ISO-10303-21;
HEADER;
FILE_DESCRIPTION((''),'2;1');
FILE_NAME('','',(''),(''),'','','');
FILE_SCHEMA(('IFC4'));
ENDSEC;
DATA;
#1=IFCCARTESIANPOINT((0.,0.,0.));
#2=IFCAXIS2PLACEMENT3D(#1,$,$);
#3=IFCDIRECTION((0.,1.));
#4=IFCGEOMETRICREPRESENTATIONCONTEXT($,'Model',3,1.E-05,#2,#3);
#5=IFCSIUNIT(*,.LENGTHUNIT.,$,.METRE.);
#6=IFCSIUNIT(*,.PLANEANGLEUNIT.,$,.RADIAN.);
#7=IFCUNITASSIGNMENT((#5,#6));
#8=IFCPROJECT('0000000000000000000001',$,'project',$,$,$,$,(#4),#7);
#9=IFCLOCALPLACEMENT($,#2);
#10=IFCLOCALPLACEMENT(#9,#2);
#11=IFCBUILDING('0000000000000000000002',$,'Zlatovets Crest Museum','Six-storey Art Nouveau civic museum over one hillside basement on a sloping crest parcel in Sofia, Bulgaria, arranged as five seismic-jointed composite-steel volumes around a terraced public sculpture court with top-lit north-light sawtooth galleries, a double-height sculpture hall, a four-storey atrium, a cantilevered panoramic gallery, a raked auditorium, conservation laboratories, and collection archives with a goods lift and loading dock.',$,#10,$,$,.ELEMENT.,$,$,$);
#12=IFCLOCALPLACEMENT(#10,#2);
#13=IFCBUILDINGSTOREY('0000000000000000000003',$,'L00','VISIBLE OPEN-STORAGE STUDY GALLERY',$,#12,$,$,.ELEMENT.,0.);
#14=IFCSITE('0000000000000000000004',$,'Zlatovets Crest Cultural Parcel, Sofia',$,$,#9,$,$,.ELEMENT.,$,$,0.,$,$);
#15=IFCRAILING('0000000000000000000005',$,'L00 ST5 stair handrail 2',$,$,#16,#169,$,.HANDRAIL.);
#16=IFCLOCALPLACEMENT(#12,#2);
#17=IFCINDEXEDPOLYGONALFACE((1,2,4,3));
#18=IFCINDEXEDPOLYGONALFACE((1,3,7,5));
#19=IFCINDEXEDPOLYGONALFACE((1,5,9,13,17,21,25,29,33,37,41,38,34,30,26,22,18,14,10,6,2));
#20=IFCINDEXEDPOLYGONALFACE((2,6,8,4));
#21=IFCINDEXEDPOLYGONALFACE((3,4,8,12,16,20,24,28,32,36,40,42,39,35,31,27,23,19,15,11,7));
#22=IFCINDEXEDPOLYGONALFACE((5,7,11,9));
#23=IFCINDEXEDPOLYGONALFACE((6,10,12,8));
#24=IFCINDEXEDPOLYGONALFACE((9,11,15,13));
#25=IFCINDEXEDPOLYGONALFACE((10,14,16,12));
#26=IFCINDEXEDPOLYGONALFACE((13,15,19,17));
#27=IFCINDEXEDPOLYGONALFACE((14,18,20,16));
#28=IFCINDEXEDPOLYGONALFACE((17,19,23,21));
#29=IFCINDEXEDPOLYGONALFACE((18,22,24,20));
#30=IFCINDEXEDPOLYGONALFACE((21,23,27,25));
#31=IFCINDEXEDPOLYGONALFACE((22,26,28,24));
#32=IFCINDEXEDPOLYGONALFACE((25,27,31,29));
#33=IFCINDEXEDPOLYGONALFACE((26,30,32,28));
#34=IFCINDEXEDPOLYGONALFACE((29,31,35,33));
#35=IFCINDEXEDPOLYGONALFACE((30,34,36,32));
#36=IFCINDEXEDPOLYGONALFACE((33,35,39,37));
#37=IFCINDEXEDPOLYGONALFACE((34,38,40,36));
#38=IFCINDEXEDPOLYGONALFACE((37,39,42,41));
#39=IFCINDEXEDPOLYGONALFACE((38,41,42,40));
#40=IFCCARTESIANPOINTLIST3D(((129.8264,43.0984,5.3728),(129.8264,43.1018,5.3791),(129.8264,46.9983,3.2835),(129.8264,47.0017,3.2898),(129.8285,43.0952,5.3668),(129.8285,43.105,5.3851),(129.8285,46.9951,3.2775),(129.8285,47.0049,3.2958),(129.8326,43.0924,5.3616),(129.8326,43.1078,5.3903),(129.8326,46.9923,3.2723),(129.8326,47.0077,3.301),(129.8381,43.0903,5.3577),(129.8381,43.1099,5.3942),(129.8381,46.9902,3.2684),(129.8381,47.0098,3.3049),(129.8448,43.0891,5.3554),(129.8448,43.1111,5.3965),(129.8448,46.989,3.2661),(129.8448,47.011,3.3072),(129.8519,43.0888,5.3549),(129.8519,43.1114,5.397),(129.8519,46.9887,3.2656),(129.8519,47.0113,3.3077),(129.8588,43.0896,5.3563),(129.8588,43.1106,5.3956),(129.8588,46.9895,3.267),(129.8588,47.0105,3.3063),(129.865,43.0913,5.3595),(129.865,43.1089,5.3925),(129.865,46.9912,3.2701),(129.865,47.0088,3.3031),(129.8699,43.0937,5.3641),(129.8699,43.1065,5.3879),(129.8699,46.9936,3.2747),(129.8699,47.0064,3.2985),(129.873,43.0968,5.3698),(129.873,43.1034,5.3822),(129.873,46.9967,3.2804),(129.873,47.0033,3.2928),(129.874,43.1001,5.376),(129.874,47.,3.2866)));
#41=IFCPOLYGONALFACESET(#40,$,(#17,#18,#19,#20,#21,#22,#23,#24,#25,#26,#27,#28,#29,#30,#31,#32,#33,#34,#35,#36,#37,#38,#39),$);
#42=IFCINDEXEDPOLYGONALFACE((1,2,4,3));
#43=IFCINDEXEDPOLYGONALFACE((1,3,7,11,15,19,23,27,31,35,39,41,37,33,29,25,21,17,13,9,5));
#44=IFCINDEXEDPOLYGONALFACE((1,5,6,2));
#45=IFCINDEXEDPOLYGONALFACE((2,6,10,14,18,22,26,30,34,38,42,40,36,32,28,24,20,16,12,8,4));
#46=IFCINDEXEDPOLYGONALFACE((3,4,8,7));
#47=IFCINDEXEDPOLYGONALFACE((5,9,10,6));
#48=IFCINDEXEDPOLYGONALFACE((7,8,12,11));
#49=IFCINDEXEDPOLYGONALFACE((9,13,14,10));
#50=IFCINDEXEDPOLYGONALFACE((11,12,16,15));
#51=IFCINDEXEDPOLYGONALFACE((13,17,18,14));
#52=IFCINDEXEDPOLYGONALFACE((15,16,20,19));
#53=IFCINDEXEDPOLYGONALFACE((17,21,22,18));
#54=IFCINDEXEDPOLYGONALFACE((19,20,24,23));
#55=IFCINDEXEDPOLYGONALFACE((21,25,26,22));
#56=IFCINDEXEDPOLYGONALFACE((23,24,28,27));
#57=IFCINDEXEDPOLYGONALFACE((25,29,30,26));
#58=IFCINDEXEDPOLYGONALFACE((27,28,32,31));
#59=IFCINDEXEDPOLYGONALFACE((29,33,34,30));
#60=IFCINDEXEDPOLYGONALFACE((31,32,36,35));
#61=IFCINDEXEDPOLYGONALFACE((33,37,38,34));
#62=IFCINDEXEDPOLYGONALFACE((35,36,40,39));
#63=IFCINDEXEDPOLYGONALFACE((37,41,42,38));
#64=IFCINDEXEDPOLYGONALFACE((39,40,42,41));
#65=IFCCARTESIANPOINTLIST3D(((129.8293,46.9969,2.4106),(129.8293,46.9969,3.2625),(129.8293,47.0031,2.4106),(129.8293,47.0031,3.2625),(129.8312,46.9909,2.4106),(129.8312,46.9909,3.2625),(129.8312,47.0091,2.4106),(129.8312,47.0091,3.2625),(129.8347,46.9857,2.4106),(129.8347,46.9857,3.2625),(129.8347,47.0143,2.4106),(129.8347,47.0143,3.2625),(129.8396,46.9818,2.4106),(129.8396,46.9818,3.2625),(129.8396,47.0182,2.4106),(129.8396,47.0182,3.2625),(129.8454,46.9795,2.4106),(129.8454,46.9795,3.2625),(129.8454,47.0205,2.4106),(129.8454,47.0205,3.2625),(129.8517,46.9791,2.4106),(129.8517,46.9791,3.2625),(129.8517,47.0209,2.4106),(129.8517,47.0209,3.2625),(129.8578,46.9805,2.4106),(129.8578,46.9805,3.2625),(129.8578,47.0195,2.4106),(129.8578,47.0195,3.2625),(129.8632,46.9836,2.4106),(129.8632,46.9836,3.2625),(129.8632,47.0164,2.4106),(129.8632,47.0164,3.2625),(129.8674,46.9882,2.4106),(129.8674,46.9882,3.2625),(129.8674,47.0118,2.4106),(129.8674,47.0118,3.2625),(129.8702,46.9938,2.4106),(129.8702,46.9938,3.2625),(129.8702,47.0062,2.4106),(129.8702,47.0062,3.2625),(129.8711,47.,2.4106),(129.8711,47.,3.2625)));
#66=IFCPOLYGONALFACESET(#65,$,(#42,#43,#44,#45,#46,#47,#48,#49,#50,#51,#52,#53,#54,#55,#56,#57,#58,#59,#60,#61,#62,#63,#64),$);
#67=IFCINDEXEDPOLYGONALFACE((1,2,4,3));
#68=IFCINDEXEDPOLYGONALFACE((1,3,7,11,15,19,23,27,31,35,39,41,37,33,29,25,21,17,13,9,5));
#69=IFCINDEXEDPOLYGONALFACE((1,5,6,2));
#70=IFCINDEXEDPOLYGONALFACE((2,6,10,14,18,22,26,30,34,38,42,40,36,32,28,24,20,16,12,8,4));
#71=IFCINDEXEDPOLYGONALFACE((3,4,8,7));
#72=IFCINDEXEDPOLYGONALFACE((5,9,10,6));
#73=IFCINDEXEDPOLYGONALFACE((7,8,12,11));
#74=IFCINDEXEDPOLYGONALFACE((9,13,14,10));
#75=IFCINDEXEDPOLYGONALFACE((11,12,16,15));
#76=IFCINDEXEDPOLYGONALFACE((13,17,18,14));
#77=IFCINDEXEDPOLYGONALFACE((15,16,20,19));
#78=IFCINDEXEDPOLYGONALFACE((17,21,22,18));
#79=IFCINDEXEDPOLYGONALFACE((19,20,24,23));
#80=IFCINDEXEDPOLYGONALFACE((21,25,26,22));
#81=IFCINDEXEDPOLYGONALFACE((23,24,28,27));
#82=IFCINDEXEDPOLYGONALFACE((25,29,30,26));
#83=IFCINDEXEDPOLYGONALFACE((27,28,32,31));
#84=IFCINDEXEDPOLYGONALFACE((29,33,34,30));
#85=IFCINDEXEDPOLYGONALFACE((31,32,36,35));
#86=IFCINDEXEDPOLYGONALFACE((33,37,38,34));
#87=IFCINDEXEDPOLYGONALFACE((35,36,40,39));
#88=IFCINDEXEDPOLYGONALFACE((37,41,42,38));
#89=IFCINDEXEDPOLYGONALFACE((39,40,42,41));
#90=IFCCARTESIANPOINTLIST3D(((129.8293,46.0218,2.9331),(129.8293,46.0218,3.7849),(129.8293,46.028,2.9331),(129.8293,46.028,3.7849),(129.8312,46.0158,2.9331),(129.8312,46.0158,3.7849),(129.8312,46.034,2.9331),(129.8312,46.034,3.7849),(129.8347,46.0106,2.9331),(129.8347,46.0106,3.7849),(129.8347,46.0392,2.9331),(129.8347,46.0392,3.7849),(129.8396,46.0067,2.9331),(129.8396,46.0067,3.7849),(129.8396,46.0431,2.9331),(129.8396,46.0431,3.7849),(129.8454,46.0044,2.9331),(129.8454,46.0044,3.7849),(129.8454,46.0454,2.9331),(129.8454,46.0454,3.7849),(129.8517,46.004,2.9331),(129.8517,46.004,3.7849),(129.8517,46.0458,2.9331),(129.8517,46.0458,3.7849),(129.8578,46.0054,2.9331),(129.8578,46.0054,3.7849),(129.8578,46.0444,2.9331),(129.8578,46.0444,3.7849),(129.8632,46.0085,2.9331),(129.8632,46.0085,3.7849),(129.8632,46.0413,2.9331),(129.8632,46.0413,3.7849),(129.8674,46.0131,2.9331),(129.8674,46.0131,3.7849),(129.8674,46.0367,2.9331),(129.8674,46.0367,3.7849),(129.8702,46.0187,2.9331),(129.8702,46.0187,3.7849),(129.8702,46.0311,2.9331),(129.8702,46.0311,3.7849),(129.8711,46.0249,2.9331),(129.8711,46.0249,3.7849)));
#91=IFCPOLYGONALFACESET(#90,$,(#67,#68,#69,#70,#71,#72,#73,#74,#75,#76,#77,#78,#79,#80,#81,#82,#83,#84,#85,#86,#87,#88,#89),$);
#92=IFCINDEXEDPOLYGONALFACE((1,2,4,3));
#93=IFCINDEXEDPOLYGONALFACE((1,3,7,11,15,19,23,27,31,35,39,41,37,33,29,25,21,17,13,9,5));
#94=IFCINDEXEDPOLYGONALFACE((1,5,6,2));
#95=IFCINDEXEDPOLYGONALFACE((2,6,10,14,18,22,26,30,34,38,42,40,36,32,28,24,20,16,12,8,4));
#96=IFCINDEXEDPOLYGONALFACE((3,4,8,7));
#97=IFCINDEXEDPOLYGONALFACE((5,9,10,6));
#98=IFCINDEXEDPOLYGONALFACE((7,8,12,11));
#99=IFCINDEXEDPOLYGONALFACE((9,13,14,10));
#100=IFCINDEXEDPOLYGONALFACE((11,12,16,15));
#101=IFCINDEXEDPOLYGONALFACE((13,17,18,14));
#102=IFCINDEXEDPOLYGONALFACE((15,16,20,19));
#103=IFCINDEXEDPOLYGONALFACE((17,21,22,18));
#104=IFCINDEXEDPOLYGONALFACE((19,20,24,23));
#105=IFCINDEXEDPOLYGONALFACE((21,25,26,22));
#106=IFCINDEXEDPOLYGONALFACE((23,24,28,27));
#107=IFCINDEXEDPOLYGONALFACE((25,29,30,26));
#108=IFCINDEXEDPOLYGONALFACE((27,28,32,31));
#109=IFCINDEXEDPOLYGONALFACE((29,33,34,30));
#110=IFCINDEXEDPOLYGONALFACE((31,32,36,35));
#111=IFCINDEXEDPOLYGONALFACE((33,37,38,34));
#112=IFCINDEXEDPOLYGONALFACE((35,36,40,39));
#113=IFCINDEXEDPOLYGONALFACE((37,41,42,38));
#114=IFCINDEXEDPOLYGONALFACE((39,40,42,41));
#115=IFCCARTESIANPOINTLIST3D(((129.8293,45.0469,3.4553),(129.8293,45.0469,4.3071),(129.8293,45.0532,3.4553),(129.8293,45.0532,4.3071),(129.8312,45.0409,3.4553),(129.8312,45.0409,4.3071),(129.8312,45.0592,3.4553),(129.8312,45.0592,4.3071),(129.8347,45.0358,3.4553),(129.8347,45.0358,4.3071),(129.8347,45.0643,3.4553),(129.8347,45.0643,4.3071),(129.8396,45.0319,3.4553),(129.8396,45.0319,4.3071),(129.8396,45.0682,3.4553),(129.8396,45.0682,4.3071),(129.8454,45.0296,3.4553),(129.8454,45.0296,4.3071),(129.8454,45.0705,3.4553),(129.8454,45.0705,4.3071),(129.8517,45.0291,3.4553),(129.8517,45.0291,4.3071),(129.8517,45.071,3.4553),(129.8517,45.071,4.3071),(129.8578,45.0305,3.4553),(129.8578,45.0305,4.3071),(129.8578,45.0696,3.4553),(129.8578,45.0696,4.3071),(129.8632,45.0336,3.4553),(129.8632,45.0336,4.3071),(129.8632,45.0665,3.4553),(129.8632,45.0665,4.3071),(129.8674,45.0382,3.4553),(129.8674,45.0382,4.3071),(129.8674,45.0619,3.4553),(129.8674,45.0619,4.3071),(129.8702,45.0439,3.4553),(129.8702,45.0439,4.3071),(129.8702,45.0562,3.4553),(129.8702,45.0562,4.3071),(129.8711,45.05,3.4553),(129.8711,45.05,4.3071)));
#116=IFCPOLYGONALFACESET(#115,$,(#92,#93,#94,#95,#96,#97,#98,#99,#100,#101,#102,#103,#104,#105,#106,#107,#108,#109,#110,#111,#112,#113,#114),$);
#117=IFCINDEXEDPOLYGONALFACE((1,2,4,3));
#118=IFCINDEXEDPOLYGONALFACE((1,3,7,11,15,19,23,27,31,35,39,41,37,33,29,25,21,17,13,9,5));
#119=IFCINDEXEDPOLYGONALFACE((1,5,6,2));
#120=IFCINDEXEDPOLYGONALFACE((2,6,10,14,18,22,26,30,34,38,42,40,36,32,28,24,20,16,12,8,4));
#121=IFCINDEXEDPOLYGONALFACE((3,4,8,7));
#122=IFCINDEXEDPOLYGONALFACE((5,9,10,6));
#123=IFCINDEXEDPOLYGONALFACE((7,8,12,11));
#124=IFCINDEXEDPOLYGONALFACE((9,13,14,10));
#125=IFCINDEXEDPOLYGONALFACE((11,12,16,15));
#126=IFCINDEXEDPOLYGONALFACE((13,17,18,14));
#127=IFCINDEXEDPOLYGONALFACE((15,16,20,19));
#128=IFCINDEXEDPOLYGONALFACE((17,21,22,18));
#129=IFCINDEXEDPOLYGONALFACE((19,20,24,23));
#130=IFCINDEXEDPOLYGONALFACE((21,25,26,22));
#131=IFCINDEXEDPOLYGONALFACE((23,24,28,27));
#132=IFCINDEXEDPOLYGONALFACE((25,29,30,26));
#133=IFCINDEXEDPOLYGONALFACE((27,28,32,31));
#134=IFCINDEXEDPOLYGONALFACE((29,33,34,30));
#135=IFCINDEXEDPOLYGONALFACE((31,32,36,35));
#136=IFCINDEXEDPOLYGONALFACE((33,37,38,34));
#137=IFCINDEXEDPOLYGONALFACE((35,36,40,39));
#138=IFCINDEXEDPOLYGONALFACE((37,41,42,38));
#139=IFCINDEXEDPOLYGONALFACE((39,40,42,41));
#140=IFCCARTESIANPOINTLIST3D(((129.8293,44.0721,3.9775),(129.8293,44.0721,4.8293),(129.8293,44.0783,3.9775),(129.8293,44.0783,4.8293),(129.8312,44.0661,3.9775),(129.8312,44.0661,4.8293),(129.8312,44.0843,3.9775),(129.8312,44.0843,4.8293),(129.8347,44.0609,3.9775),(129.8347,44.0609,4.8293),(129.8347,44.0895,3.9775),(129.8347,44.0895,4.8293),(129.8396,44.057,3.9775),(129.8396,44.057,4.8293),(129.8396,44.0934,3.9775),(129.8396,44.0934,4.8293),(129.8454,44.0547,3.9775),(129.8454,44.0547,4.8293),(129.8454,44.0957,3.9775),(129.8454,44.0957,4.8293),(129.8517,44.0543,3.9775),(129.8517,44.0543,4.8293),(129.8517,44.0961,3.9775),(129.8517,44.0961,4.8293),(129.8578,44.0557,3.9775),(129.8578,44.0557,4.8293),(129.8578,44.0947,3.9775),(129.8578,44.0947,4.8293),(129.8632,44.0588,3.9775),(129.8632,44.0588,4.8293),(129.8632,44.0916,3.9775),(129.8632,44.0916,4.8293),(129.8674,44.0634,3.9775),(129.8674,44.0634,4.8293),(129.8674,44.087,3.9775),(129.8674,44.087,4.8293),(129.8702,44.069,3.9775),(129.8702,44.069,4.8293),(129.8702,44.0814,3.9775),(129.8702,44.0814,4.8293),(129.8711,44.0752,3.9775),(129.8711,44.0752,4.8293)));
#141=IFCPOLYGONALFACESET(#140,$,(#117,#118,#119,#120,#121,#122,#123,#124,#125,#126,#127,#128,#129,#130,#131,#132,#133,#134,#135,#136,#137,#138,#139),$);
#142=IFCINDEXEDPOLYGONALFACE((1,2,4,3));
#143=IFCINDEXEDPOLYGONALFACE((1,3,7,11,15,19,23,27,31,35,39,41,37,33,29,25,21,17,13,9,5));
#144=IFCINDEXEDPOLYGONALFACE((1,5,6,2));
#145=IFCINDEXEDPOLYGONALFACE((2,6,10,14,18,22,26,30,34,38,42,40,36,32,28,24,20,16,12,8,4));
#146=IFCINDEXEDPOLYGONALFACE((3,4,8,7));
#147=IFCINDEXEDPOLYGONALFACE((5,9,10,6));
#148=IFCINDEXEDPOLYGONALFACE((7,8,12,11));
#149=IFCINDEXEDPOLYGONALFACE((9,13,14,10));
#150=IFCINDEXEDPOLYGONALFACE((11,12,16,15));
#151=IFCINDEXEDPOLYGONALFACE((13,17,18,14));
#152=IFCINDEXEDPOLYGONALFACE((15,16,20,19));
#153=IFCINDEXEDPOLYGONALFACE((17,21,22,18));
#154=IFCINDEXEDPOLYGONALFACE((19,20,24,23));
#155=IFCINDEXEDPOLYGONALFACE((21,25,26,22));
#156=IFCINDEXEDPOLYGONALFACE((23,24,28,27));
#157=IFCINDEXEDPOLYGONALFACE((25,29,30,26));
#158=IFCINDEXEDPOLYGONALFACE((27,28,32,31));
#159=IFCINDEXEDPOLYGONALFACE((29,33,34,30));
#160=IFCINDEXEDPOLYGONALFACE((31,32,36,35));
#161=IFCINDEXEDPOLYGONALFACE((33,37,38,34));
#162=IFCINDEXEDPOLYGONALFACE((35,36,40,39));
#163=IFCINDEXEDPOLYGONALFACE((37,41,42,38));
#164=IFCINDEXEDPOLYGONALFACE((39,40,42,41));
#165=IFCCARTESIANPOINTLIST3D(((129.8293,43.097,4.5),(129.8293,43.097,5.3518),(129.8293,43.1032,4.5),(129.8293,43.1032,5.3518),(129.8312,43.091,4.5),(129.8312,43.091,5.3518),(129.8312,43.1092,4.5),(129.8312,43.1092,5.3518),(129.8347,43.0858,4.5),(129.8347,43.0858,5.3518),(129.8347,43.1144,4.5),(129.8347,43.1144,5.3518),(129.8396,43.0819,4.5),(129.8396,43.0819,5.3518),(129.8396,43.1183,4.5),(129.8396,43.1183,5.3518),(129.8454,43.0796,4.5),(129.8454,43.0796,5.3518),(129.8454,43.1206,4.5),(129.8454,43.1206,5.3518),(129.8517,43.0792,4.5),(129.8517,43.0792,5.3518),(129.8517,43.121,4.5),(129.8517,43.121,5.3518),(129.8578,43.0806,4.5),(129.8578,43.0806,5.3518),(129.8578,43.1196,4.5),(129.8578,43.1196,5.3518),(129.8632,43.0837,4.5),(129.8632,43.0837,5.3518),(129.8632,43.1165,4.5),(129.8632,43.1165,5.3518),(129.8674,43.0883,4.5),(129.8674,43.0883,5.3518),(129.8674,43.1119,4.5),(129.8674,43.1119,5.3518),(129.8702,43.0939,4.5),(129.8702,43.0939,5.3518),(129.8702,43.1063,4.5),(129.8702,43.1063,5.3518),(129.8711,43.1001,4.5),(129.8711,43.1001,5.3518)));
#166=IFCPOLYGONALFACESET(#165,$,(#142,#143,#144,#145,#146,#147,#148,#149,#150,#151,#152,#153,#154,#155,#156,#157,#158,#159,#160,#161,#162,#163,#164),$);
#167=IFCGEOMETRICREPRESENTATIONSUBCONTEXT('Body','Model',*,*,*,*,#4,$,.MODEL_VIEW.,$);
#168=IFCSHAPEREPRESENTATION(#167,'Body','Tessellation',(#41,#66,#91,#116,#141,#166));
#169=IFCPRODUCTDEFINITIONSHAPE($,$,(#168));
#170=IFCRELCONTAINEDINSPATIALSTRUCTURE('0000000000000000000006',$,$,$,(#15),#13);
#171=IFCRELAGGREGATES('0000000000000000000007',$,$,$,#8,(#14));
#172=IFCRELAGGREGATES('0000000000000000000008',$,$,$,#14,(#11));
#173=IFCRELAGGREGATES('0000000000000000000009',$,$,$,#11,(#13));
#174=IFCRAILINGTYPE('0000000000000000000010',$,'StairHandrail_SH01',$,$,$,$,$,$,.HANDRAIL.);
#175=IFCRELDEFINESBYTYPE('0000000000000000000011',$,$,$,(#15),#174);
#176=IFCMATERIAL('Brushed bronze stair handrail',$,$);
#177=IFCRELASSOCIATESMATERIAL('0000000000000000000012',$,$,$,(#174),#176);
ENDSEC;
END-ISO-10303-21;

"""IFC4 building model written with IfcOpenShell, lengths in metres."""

from ifc_helpers import new_model, si_unit, direction, frame, origin, origin_2d, place, context, subcontext, project, spatial, circle, extrude, material, type_object, element, save


model = new_model("IFC4")

# Units and contexts
model_context = context("Model", 3, precision=1e-05, world=origin(), true_north=direction((0.0, 1.0)))
body_context = subcontext(model_context, "Body", "Model", "MODEL_VIEW")
ifc_project = project(units=[si_unit("LENGTHUNIT", "METRE"), si_unit("PLANEANGLEUNIT", "RADIAN")], contexts=[model_context])

# Site, building, storey
site_placement = place(None, origin())
site = spatial("IfcSite", under=ifc_project, at=site_placement, Name="Zlatovets Crest Cultural Parcel, Sofia", CompositionType="ELEMENT", RefElevation=0.0)
building_placement = place(site_placement, origin())
building = spatial("IfcBuilding", under=site, at=building_placement, Name="Zlatovets Crest Museum", Description="Six-storey Art Nouveau civic museum over one hillside basement on a sloping crest parcel in Sofia, Bulgaria, arranged as five seismic-jointed composite-steel volumes around a terraced public sculpture court with top-lit north-light sawtooth galleries, a double-height sculpture hall, a four-storey atrium, a cantilevered panoramic gallery, a raked auditorium, conservation laboratories, and collection archives with a goods lift and loading dock.", CompositionType="ELEMENT")
storey_placement = place(building_placement, origin())
storey = spatial("IfcBuildingStorey", under=building, at=storey_placement, Name="L00", Description="VISIBLE OPEN-STORAGE STUDY GALLERY", CompositionType="ELEMENT", Elevation=0.0)

# Railing
ifc_material_1 = material(Name="Brushed bronze stair handrail")
railing_type_1 = type_object("IfcRailingType", Name="StairHandrail_SH01", PredefinedType="HANDRAIL", material=ifc_material_1)
railing_1_placement = place(storey_placement, frame((129.8501, 47.0, 2.4106)))
element("IfcRailing", 1, at=railing_1_placement, inside=storey, type_object=railing_type_1, Name="L00 ST5 stair handrail 2", PredefinedType="HANDRAIL", context=body_context, shape_type="SweptSolid", body=[
    extrude(circle(Radius=0.0239, at=origin_2d()), frame((0.0, 0.0, 0.876), z_axis=(0.0, -0.881468, 0.472243), x_axis=(1.0, 0.0, 0.0)), (0.0, 0.0, 1.0), 4.4243),
    extrude(circle(Radius=0.021, at=origin_2d()), origin(), (0.0, 0.0, 1.0), 0.8518),
    extrude(circle(Radius=0.021, at=origin_2d()), frame((0.0, -0.9751, 0.5225)), (0.0, 0.0, 1.0), 0.8518),
    extrude(circle(Radius=0.021, at=origin_2d()), frame((0.0, -1.95, 1.0447)), (0.0, 0.0, 1.0), 0.8518),
    extrude(circle(Radius=0.021, at=origin_2d()), frame((0.0, -2.9248, 1.5669)), (0.0, 0.0, 1.0), 0.8518),
    extrude(circle(Radius=0.021, at=origin_2d()), frame((0.0, -3.8999, 2.0894)), (0.0, 0.0, 1.0), 0.8518),
])

save(model, "model.ifc")
